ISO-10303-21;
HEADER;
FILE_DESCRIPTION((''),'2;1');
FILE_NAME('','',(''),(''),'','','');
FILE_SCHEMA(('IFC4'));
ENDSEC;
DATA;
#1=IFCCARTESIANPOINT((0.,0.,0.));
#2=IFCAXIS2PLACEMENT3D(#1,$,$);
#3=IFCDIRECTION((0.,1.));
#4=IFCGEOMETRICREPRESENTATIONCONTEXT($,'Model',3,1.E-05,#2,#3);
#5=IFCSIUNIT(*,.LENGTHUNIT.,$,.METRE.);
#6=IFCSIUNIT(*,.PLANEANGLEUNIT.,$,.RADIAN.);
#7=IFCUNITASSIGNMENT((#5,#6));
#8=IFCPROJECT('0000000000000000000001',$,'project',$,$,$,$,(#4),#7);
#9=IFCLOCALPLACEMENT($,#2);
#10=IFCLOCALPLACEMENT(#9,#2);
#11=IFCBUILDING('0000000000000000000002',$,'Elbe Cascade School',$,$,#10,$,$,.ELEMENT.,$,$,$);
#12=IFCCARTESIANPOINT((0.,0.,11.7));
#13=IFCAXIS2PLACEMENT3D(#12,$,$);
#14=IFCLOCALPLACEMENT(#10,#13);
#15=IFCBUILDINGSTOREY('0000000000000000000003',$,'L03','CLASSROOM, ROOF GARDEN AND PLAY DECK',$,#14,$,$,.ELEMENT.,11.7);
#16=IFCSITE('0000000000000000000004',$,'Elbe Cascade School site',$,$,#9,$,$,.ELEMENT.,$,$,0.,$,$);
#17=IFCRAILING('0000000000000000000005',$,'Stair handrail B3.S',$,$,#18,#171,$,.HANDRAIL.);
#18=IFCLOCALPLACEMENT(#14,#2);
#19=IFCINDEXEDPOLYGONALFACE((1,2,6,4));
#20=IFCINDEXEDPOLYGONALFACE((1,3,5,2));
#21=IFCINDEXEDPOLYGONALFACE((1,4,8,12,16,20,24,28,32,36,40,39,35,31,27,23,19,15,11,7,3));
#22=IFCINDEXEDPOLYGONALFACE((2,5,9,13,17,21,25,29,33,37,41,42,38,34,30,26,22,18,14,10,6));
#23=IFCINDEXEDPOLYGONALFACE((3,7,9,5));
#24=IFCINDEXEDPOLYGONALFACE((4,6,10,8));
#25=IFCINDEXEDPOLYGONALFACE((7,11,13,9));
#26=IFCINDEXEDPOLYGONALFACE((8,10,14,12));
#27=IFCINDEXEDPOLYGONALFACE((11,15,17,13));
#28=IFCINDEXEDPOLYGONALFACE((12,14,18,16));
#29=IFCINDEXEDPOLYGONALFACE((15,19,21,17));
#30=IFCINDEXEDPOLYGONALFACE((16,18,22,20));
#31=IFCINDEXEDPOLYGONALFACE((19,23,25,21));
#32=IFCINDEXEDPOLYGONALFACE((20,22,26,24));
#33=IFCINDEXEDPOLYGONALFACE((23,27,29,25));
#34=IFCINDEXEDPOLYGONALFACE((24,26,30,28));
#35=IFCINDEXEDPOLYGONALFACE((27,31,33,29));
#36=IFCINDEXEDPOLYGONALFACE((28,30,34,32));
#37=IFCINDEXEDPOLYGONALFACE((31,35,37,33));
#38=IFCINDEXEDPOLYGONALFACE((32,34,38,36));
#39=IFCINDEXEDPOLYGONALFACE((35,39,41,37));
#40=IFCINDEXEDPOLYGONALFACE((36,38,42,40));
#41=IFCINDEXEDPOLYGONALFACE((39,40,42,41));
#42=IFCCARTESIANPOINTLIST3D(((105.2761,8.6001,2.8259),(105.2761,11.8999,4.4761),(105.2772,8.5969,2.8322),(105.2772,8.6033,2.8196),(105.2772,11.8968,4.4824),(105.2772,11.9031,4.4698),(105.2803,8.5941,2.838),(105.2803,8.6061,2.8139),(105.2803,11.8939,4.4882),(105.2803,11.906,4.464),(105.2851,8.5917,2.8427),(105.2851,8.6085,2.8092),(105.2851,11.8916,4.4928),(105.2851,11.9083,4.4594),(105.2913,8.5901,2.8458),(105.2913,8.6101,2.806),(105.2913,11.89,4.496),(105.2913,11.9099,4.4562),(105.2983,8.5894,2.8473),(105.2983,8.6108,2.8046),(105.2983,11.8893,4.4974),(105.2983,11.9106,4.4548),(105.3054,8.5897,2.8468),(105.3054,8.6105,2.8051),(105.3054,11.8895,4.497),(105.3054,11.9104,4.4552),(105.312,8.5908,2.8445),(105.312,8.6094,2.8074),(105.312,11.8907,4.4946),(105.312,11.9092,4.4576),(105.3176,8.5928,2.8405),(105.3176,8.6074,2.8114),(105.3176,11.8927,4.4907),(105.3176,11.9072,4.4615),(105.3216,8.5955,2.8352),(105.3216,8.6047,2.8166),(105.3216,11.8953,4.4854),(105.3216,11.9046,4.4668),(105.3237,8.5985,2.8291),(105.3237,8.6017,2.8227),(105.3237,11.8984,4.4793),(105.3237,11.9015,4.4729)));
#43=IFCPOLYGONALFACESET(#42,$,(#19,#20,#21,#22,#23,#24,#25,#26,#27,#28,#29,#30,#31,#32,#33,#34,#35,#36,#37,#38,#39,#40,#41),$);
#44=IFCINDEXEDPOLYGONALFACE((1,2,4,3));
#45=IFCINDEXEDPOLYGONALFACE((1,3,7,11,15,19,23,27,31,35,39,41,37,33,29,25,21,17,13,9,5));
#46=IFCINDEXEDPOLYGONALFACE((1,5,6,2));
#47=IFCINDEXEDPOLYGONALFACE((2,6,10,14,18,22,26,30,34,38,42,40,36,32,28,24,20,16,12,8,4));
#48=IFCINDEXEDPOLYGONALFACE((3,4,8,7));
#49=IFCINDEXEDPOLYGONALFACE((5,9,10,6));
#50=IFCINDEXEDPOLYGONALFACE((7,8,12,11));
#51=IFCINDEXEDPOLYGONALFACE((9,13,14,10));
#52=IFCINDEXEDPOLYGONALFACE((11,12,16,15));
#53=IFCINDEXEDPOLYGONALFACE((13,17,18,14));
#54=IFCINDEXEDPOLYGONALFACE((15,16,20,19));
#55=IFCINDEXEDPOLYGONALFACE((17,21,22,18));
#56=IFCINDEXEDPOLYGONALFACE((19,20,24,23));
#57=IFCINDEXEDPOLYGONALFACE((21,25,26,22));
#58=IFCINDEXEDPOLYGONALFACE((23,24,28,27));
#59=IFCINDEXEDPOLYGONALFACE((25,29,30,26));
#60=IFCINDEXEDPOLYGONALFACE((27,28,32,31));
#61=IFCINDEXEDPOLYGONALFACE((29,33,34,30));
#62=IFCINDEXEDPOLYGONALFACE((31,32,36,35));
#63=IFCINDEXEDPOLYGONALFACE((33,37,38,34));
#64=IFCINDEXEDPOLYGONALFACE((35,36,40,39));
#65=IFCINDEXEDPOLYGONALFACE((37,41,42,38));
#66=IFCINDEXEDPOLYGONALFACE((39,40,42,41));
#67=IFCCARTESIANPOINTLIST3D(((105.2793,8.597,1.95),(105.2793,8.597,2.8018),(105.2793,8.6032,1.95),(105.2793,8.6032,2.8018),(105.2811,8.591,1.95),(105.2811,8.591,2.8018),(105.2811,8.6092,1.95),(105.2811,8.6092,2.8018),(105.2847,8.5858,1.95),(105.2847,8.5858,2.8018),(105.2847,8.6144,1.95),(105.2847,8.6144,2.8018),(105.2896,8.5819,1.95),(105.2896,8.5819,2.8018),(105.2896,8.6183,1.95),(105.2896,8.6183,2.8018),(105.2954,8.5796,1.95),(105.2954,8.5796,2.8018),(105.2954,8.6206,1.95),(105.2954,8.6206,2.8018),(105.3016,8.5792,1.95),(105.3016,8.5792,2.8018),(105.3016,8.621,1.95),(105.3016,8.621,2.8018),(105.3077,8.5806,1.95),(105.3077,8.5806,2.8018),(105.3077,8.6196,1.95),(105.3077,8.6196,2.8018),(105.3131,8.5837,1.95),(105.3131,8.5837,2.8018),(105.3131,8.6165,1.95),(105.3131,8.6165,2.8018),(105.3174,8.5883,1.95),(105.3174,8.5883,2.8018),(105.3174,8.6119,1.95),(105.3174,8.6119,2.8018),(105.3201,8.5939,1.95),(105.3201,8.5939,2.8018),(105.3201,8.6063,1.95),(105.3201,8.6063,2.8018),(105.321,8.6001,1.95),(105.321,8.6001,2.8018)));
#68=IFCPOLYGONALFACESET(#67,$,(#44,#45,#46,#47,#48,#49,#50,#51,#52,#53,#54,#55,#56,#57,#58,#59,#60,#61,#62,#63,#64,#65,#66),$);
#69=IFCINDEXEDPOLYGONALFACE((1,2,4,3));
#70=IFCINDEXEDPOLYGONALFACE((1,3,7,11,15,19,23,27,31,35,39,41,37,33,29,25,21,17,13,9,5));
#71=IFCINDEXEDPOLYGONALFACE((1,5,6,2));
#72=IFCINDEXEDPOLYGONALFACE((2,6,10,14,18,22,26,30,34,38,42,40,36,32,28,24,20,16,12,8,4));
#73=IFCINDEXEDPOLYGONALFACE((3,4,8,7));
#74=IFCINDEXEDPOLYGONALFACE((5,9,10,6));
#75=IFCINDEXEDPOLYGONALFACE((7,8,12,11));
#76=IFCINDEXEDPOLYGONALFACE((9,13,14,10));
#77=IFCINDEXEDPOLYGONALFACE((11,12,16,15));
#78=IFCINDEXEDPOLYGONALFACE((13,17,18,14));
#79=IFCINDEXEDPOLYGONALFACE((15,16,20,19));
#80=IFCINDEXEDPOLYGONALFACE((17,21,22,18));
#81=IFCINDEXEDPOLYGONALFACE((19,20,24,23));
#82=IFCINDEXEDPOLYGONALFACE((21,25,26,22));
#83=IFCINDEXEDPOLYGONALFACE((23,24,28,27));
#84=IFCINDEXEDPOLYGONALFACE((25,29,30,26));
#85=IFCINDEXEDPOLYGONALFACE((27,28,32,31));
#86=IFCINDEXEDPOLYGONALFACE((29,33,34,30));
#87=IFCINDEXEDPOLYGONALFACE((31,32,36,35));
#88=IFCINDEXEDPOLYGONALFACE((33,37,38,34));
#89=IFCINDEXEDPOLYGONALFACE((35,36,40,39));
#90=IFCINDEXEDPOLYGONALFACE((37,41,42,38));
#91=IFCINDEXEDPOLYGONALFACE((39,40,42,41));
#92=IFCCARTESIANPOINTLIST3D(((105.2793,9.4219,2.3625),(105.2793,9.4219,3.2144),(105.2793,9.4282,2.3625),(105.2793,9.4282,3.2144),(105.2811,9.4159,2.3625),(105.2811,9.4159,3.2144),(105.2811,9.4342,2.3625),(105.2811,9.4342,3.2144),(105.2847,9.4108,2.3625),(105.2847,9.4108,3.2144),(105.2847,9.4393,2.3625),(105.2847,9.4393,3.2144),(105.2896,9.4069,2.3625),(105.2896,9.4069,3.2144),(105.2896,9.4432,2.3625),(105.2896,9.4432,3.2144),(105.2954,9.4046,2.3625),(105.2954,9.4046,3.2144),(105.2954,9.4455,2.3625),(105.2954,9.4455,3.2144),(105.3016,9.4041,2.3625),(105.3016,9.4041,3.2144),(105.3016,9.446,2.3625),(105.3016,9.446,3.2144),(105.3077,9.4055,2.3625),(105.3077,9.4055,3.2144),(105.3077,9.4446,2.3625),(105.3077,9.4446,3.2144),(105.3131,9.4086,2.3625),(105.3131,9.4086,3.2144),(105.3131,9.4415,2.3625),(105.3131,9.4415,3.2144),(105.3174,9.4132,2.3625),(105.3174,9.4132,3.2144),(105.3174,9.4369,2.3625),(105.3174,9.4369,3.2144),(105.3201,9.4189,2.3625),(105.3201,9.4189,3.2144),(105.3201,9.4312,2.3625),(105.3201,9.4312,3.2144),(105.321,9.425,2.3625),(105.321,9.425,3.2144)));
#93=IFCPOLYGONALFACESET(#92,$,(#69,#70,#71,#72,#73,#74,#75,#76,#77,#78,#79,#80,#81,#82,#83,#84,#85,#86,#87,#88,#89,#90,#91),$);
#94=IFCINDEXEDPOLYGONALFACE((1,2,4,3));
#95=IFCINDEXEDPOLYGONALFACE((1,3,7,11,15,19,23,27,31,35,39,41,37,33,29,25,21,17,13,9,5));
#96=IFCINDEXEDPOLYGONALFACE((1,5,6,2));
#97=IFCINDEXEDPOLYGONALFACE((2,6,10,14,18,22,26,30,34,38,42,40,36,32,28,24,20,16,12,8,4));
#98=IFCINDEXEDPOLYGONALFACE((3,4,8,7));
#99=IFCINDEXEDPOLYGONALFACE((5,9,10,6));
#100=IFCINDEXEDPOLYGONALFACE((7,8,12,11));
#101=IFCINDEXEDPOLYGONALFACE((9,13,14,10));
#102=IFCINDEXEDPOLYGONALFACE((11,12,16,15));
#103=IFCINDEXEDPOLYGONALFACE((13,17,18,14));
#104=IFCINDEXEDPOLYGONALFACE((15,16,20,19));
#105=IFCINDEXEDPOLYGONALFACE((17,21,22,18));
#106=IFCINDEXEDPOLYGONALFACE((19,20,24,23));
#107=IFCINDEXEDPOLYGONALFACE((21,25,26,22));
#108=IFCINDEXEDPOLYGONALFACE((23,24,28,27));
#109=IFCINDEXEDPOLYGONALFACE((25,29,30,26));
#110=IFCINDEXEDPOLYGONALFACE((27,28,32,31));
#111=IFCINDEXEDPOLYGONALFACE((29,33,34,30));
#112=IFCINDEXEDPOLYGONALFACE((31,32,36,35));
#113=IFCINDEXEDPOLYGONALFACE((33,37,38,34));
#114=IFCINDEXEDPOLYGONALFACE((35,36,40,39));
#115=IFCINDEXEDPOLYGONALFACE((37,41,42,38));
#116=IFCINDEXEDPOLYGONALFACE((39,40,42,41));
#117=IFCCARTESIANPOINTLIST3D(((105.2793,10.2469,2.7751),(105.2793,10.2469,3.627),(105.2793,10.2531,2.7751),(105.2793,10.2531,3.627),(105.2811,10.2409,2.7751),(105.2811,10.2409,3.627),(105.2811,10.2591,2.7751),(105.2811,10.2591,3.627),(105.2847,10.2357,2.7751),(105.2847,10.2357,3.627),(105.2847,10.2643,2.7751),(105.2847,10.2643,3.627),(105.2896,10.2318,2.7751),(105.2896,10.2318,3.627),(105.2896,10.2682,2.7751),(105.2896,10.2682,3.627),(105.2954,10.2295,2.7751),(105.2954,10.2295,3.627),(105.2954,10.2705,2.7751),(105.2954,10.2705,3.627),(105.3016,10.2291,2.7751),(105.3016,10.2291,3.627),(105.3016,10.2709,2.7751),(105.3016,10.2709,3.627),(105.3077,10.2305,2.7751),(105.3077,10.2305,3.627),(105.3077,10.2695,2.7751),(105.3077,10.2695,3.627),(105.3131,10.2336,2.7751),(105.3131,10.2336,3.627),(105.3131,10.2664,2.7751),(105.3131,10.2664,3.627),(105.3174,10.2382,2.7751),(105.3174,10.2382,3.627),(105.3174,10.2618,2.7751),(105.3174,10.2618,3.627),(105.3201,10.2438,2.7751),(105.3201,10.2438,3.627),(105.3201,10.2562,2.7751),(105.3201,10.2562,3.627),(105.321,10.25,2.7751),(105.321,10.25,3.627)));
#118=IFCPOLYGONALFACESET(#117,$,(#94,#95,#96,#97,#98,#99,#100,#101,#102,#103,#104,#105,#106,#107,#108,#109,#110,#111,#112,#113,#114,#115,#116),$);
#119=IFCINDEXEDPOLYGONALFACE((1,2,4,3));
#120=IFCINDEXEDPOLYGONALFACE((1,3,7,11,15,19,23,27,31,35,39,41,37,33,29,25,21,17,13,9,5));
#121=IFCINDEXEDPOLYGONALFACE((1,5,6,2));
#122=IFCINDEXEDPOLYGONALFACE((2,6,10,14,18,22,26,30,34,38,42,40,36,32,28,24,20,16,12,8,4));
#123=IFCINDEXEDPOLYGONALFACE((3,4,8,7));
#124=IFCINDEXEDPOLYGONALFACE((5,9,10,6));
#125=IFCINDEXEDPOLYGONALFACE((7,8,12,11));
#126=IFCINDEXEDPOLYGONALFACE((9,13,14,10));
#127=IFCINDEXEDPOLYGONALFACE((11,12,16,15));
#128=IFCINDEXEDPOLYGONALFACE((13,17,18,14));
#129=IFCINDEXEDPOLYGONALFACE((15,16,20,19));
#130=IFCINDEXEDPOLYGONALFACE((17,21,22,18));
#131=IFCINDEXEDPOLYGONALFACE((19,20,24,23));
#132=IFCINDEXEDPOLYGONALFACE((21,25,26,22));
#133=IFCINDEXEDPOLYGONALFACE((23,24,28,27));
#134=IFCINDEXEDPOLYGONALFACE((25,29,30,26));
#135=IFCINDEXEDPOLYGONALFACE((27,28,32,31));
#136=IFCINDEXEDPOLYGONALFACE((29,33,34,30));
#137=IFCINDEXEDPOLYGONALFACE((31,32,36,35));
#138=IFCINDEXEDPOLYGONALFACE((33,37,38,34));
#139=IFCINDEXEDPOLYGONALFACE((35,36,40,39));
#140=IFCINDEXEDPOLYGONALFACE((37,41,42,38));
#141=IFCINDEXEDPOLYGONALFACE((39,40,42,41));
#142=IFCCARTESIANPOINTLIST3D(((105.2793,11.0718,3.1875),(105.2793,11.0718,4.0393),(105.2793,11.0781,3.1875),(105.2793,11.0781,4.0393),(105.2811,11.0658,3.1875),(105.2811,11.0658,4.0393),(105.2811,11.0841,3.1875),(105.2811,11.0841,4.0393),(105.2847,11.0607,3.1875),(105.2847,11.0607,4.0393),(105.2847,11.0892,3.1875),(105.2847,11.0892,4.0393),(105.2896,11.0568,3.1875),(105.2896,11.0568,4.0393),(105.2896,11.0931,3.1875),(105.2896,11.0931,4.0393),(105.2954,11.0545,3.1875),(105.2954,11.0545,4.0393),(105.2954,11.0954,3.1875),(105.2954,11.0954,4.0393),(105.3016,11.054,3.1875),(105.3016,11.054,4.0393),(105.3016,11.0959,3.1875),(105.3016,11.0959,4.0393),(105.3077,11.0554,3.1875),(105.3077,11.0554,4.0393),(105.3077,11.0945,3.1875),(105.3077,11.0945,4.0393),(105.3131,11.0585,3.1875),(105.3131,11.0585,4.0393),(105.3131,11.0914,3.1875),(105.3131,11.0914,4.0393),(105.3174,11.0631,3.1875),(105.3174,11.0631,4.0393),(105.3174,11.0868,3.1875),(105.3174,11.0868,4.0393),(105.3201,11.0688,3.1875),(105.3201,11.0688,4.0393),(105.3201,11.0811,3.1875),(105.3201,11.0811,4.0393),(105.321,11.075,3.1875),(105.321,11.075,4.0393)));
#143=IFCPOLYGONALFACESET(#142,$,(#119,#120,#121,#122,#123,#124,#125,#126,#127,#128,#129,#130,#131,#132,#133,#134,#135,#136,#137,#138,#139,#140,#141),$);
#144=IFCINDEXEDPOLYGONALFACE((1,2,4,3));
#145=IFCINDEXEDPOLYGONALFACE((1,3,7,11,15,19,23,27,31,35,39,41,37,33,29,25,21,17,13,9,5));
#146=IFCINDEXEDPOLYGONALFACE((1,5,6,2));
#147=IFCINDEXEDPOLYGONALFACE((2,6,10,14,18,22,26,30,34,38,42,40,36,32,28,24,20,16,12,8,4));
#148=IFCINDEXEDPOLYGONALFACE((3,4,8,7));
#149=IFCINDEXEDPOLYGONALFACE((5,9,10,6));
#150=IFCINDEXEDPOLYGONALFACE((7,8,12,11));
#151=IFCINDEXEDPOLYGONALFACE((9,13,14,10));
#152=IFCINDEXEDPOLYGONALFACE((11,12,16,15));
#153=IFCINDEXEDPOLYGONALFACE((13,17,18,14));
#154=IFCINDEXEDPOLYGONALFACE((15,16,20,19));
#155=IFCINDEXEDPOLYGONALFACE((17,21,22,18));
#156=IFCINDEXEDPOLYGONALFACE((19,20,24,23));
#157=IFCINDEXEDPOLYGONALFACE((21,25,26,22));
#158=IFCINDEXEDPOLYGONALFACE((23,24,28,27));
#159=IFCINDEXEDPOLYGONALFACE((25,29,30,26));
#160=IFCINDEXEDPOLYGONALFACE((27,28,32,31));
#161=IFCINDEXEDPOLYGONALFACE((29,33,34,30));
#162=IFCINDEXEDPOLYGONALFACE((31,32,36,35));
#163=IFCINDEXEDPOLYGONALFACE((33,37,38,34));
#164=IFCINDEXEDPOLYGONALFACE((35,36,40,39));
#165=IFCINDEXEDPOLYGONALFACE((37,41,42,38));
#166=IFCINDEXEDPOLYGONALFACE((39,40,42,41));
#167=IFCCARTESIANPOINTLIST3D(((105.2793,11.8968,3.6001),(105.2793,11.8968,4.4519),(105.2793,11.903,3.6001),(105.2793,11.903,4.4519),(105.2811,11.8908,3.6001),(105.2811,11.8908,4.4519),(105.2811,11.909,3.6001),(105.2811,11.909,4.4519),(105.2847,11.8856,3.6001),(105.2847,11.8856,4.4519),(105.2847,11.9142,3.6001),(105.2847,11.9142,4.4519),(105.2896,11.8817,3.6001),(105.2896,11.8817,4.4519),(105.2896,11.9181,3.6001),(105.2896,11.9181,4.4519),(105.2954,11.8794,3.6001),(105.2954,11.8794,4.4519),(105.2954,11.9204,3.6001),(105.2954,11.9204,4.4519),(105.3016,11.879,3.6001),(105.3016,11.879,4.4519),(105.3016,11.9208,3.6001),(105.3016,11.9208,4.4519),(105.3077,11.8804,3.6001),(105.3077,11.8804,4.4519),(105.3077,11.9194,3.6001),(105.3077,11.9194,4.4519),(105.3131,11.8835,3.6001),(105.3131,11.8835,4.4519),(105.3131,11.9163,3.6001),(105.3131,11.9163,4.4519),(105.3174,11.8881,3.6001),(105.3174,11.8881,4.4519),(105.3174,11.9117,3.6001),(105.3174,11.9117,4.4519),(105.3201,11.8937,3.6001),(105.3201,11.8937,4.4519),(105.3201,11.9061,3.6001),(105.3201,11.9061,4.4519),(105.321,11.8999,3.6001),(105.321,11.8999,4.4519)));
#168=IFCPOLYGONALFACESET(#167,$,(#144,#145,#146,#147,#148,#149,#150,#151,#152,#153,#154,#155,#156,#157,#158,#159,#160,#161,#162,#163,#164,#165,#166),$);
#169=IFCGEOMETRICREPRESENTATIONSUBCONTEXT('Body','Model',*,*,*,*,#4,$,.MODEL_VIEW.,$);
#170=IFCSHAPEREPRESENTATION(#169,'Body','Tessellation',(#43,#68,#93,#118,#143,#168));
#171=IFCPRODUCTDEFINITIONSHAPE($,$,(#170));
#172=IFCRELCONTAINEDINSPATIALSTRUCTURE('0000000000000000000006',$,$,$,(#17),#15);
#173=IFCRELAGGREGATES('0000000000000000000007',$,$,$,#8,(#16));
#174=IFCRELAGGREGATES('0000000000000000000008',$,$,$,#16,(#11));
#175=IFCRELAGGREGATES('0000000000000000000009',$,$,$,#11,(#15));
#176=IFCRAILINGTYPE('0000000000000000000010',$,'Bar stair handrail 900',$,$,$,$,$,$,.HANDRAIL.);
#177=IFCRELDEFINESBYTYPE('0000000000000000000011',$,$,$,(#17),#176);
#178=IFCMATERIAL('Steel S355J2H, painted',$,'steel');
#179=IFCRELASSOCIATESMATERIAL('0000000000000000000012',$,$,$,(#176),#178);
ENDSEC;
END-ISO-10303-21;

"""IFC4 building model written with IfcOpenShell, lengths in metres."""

from ifc_helpers import new_model, si_unit, direction, frame, origin, origin_2d, place, context, subcontext, project, spatial, circle, extrude, material, type_object, element, save


model = new_model("IFC4")

# Units and contexts
model_context = context("Model", 3, precision=1e-05, world=origin(), true_north=direction((0.0, 1.0)))
body_context = subcontext(model_context, "Body", "Model", "MODEL_VIEW")
ifc_project = project(units=[si_unit("LENGTHUNIT", "METRE"), si_unit("PLANEANGLEUNIT", "RADIAN")], contexts=[model_context])

# Site, building, storey
site_placement = place(None, origin())
site = spatial("IfcSite", under=ifc_project, at=site_placement, Name="Elbe Cascade School site", CompositionType="ELEMENT", RefElevation=0.0)
building_placement = place(site_placement, origin())
building = spatial("IfcBuilding", under=site, at=building_placement, Name="Elbe Cascade School", CompositionType="ELEMENT")
storey_placement = place(building_placement, frame((0.0, 0.0, 11.7)))
storey = spatial("IfcBuildingStorey", under=building, at=storey_placement, Name="L03", Description="CLASSROOM, ROOF GARDEN AND PLAY DECK", CompositionType="ELEMENT", Elevation=11.7)

# Railing
ifc_material_1 = material(Name="Steel S355J2H, painted", Category="steel")
railing_type_1 = type_object("IfcRailingType", Name="Bar stair handrail 900", PredefinedType="HANDRAIL", material=ifc_material_1)
railing_1_placement = place(storey_placement, frame((105.3, 8.6001, 1.95)))
element("IfcRailing", 1, at=railing_1_placement, inside=storey, type_object=railing_type_1, Name="Stair handrail B3.S", PredefinedType="HANDRAIL", context=body_context, shape_type="SweptSolid", body=[
    extrude(circle(Radius=0.0239, at=origin_2d()), frame((0.0, 0.0, 0.876), z_axis=(0.0, 0.894401, 0.447267), x_axis=(-1.0, 0.0, 0.0)), (0.0, 0.0, 1.0), 3.6895),
    extrude(circle(Radius=0.021, at=origin_2d()), origin(), (0.0, 0.0, 1.0), 0.8518),
    extrude(circle(Radius=0.021, at=origin_2d()), frame((0.0, 0.825, 0.4126)), (0.0, 0.0, 1.0), 0.8518),
    extrude(circle(Radius=0.021, at=origin_2d()), frame((0.0, 1.6499, 0.8252)), (0.0, 0.0, 1.0), 0.8518),
    extrude(circle(Radius=0.021, at=origin_2d()), frame((0.0, 2.4749, 1.2375)), (0.0, 0.0, 1.0), 0.8518),
    extrude(circle(Radius=0.021, at=origin_2d()), frame((0.0, 3.2998, 1.6501)), (0.0, 0.0, 1.0), 0.8518),
])

save(model, "model.ifc")
